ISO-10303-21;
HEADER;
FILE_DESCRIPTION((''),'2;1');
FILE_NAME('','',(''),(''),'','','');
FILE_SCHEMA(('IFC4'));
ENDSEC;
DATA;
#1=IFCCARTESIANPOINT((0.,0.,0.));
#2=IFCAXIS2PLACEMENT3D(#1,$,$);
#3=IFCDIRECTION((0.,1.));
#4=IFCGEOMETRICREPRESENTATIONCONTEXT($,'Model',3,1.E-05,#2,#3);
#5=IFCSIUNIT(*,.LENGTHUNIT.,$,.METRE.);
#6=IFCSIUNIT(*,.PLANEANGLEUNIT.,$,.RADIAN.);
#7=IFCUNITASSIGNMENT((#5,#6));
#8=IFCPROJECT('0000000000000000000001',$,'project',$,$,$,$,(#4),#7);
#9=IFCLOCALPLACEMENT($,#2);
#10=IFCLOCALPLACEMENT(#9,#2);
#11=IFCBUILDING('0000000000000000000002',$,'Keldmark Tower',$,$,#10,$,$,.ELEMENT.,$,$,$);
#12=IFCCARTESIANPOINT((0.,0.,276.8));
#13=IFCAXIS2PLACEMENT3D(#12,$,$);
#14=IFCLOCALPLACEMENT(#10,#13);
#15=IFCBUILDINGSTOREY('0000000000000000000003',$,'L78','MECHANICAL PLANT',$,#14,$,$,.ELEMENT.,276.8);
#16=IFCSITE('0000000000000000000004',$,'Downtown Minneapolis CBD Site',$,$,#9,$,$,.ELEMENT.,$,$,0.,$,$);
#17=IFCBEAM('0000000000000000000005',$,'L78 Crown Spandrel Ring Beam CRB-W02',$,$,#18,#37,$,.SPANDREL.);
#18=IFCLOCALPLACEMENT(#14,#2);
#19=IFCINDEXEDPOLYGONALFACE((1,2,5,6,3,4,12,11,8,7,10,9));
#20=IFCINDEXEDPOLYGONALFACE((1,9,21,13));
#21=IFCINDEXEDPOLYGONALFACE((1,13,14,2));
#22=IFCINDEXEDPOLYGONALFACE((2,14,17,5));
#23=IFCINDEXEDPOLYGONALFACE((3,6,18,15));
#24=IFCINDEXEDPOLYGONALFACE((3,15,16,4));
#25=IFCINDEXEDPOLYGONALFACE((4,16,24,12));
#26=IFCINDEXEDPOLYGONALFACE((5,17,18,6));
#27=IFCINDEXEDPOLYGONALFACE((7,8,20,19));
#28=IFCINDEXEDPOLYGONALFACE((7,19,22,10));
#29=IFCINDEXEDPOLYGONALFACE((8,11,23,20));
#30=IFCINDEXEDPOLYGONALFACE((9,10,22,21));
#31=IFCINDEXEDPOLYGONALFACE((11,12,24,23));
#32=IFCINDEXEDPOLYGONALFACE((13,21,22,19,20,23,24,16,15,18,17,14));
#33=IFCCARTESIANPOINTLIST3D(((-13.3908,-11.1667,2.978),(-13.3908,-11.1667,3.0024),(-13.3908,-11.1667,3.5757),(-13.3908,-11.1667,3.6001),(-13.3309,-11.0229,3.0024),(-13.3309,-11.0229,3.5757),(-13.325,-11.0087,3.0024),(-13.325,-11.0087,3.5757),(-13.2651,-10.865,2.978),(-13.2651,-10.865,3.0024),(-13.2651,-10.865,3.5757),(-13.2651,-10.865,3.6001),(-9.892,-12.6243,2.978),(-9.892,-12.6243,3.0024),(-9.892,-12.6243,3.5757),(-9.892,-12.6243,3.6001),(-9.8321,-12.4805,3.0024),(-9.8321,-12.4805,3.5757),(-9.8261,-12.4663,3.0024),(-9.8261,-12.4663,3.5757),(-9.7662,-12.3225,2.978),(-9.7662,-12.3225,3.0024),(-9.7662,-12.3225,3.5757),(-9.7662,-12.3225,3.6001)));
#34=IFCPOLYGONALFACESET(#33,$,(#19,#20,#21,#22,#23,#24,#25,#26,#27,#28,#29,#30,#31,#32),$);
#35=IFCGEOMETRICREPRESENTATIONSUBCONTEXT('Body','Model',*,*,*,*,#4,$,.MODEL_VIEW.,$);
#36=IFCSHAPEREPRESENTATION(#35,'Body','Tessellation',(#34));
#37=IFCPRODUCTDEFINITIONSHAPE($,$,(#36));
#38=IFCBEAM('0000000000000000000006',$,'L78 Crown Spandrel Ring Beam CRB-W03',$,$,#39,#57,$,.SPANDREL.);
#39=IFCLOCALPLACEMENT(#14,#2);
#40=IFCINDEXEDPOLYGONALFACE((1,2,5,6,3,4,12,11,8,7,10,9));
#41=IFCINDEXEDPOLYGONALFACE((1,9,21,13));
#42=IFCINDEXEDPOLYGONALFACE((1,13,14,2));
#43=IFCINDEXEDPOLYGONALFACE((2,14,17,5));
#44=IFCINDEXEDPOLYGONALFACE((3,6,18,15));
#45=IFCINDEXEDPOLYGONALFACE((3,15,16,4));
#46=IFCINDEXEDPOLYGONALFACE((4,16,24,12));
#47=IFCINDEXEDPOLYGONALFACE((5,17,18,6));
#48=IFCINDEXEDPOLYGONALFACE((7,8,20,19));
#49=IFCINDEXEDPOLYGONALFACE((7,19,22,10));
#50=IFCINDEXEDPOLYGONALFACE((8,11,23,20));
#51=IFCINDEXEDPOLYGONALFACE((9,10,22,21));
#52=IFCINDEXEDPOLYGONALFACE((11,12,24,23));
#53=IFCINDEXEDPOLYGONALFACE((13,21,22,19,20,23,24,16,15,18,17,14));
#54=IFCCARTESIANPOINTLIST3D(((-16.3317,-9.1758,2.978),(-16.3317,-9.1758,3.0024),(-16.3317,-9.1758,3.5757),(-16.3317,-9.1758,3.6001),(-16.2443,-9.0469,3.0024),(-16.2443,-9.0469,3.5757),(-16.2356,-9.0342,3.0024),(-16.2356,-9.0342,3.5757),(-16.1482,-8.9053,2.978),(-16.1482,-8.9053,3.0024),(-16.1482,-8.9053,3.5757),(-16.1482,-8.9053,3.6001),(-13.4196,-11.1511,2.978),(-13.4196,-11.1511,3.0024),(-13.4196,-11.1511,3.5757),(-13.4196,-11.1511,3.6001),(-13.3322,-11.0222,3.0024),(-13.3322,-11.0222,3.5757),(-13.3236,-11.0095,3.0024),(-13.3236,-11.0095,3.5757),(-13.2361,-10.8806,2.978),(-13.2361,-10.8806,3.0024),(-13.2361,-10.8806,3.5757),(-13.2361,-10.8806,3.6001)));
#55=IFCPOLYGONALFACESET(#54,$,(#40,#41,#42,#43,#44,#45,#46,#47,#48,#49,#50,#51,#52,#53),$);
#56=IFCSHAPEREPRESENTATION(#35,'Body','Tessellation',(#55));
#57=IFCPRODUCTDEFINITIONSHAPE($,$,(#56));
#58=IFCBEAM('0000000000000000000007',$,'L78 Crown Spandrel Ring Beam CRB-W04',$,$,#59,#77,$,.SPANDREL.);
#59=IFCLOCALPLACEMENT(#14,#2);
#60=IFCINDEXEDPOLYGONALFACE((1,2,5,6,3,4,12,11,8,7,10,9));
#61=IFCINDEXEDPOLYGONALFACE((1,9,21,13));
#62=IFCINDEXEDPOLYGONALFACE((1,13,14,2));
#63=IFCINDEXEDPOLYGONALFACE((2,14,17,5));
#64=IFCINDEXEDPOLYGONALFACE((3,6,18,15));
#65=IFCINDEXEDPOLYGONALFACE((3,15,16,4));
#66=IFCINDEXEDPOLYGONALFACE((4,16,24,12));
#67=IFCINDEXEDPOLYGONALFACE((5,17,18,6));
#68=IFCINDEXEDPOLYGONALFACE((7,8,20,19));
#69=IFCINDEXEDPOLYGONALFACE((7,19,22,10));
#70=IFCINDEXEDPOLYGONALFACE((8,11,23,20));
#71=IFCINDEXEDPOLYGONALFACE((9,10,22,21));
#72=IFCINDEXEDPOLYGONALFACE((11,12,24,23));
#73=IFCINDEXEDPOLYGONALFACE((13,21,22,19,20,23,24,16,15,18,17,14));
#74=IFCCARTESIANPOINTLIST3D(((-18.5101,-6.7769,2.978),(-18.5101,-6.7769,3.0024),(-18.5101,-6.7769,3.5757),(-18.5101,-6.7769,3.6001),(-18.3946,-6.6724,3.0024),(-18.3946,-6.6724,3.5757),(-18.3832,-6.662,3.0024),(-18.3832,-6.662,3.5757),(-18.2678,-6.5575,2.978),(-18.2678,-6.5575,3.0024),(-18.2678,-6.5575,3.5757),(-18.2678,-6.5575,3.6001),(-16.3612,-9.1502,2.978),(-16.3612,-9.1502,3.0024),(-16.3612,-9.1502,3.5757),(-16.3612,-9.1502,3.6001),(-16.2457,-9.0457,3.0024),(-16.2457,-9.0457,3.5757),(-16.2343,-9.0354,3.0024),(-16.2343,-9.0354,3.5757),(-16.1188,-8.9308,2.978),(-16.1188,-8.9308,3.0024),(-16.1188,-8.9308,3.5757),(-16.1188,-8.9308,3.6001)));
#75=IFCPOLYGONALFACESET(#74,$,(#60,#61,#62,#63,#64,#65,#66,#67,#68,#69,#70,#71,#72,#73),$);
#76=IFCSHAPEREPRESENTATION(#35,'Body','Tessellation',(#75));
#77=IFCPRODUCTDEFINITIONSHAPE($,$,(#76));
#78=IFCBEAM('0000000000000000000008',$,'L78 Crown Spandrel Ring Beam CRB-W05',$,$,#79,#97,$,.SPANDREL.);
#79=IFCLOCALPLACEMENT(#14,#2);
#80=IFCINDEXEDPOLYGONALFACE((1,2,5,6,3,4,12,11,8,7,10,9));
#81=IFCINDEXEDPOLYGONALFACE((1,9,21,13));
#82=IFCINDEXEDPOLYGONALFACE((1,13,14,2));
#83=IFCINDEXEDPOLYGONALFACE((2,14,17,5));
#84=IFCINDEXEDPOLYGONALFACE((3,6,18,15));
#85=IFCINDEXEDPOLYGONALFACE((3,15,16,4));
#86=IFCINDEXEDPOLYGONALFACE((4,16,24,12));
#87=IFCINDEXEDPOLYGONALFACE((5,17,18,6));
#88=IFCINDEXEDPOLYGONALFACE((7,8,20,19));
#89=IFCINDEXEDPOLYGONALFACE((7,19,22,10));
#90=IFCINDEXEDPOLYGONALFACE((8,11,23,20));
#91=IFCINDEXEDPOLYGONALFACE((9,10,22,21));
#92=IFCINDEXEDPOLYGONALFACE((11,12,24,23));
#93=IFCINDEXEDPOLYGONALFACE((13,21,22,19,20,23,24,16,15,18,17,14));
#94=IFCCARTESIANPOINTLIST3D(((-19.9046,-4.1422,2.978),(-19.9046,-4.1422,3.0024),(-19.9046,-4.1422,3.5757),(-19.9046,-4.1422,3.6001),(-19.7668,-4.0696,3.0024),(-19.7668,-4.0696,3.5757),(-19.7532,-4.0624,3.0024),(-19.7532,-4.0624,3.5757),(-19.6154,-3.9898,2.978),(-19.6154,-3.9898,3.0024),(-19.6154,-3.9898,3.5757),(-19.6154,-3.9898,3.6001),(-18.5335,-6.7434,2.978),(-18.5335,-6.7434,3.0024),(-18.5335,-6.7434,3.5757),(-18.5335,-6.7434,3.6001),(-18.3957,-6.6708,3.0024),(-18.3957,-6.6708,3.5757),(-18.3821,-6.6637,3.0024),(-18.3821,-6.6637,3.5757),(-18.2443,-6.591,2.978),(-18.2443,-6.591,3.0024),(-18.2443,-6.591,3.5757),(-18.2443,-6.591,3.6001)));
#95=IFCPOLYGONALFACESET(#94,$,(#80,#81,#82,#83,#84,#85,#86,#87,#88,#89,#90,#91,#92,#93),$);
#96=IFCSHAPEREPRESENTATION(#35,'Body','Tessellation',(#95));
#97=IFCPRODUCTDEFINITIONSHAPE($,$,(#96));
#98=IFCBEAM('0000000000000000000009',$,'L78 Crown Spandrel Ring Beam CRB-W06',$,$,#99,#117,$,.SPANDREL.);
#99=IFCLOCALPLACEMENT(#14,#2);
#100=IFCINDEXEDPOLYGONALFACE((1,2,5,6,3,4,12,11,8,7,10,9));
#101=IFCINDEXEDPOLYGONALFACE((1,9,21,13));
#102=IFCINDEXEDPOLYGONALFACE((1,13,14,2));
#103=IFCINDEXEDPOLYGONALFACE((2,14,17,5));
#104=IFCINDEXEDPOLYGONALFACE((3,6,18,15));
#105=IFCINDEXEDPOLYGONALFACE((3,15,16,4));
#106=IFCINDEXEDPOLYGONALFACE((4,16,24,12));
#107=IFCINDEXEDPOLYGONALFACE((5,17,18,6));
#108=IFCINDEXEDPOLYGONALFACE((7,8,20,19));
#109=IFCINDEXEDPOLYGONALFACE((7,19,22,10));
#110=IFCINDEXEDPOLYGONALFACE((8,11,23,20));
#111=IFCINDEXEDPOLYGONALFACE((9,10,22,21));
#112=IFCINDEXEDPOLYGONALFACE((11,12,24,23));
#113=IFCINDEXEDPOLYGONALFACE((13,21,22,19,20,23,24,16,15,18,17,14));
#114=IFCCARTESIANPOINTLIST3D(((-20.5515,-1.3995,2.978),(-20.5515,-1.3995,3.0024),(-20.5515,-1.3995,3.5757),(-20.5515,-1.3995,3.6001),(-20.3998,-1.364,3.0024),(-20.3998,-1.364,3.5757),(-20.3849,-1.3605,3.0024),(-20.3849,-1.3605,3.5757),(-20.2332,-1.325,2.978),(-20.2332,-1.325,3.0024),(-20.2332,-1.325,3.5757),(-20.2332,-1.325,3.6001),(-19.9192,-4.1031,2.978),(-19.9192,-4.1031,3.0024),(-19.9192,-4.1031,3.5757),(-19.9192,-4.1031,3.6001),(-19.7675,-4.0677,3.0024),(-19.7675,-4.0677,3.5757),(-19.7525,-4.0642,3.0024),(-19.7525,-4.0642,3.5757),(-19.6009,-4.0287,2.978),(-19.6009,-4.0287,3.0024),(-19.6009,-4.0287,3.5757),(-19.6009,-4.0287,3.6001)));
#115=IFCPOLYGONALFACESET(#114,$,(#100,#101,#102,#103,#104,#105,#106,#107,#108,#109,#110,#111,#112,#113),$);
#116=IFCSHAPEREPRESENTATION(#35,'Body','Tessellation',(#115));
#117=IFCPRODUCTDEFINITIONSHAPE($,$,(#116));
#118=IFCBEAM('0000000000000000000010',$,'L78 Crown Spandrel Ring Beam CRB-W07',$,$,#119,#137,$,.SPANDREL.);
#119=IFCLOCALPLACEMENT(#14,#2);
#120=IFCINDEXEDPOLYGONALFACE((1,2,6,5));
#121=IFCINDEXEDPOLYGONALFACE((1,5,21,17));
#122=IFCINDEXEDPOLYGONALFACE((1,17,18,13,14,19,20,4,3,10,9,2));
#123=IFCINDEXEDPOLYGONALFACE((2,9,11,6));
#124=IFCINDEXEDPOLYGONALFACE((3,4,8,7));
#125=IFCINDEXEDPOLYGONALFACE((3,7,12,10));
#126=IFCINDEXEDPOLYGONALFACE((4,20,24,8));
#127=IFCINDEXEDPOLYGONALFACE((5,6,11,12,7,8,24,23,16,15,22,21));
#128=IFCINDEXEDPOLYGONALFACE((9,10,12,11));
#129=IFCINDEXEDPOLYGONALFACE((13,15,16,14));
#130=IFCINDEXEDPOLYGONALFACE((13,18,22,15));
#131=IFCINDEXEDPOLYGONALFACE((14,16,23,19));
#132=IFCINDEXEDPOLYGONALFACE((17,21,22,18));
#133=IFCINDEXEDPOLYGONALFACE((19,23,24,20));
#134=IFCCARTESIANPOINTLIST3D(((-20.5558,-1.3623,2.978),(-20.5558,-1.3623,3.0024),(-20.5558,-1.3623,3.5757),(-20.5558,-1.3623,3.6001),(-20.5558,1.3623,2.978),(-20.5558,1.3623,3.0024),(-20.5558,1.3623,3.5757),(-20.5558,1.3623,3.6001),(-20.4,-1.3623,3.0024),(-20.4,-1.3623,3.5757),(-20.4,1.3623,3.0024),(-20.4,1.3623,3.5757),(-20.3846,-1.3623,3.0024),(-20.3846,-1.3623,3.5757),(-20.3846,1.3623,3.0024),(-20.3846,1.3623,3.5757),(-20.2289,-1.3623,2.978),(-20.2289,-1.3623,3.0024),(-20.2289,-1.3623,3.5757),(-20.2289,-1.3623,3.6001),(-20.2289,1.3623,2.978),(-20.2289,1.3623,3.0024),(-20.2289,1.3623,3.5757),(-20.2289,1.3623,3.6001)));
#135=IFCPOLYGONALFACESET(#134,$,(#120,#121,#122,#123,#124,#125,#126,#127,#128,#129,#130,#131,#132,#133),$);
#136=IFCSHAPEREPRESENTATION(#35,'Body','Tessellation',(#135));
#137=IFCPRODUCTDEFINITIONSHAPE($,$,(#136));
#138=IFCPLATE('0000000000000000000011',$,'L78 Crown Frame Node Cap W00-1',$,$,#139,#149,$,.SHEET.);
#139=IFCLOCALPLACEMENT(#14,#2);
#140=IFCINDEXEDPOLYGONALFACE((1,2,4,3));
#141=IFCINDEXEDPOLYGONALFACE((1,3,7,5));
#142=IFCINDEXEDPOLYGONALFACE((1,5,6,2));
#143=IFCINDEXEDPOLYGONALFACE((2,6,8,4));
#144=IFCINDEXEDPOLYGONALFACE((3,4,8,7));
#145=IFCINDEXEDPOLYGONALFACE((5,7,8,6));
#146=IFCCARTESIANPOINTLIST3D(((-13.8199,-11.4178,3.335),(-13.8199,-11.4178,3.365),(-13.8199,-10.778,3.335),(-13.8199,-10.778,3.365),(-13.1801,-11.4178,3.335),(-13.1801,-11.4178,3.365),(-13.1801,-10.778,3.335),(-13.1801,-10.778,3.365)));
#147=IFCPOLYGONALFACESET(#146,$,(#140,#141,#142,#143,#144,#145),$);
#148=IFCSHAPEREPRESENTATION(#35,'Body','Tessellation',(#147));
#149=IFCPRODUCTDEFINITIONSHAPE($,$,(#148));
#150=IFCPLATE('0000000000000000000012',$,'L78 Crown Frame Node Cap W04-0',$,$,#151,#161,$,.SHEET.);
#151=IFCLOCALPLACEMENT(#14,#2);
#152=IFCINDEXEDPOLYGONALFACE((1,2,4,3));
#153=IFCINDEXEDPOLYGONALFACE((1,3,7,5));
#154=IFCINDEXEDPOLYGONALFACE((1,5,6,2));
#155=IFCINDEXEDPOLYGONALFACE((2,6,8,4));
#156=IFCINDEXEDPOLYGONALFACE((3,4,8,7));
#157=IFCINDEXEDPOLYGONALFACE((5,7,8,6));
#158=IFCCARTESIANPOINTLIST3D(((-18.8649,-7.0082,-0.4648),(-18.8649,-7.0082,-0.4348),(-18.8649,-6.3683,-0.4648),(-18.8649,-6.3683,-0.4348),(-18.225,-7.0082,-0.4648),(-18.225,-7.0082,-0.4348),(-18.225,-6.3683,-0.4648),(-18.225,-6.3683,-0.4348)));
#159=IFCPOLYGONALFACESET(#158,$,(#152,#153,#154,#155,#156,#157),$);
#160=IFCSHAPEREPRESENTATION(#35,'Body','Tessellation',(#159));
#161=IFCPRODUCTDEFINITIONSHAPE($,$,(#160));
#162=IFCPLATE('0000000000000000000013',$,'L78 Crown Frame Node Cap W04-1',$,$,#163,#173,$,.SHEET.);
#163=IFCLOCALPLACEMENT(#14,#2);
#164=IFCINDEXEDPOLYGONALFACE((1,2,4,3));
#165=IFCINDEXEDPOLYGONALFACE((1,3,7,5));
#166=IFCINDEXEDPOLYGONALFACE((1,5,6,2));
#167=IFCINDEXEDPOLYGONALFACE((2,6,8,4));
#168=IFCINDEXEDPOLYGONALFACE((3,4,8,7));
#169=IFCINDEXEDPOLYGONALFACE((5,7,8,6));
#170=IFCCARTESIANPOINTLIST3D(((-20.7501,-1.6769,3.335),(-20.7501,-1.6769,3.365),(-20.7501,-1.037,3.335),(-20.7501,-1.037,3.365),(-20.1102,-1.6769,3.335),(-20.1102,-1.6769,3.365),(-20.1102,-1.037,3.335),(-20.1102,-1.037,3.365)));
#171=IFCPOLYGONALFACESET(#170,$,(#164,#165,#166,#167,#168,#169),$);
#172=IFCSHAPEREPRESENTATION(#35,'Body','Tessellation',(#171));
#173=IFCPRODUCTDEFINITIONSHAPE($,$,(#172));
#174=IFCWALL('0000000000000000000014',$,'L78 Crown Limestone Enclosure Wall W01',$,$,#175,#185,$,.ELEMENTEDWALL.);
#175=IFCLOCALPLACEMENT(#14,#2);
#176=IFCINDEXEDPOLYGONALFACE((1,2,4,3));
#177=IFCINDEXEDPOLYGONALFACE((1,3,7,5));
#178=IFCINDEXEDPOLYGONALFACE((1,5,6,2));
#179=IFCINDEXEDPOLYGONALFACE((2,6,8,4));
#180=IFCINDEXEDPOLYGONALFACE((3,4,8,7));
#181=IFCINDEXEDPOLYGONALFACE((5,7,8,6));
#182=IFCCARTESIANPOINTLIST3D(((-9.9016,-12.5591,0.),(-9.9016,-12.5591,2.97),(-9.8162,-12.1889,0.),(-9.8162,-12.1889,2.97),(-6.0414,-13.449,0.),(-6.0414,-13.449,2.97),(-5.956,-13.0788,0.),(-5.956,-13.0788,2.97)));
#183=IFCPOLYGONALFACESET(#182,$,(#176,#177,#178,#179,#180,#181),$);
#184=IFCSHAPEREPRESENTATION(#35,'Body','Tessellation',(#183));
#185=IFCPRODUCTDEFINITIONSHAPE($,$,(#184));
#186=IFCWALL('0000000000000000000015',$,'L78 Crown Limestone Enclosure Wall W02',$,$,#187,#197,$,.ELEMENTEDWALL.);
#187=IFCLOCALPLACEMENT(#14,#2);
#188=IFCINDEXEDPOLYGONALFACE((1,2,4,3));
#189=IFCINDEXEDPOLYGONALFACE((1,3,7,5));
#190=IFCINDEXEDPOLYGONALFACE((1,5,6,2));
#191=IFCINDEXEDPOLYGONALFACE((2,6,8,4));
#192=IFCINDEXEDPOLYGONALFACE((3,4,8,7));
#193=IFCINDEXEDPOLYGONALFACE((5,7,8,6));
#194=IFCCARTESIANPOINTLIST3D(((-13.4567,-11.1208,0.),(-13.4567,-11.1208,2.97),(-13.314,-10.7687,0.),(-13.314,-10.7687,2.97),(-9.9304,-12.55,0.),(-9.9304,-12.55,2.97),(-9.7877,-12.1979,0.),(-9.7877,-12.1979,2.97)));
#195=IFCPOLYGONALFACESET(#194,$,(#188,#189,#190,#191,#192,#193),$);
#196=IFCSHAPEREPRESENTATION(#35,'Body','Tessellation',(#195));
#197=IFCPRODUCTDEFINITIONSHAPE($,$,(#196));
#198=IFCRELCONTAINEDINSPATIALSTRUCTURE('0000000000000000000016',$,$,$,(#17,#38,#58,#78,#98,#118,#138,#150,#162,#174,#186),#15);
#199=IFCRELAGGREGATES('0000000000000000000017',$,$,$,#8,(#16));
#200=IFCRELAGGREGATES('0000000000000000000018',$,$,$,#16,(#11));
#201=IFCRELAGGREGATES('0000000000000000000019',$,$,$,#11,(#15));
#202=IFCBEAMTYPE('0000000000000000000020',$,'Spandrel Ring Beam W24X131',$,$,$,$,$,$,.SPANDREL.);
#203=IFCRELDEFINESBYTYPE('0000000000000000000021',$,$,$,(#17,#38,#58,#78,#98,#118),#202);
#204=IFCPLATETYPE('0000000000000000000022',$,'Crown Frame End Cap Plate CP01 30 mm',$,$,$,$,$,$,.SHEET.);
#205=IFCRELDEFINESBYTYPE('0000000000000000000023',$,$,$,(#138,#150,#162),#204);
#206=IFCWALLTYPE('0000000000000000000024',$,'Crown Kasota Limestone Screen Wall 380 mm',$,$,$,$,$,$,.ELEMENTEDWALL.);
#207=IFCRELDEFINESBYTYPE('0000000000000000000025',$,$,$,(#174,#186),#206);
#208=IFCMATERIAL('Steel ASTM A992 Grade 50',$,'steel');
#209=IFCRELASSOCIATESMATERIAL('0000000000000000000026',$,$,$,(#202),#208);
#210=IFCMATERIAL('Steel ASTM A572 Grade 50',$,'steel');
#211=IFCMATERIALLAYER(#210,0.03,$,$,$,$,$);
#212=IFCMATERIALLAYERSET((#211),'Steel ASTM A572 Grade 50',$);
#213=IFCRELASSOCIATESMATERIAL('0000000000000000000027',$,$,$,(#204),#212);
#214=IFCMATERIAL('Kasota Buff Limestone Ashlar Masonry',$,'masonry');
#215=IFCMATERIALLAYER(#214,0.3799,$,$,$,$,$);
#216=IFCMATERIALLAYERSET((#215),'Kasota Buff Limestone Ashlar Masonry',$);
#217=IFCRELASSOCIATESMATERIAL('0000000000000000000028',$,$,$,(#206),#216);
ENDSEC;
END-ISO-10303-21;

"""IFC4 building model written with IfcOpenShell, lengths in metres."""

from ifc_helpers import new_model, si_unit, direction, frame, frame_2d, origin, origin_2d, place, context, subcontext, project, spatial, rectangle, i_section, extrude, material, layer, layer_set, material_profile, profile_set, type_object, element, save


model = new_model("IFC4")

# Units and contexts
model_context = context("Model", 3, precision=1e-05, world=origin(), true_north=direction((0.0, 1.0)))
body_context = subcontext(model_context, "Body", "Model", "MODEL_VIEW")
ifc_project = project(units=[si_unit("LENGTHUNIT", "METRE"), si_unit("PLANEANGLEUNIT", "RADIAN")], contexts=[model_context])

# Site, building, storey
site_placement = place(None, origin())
site = spatial("IfcSite", under=ifc_project, at=site_placement, Name="Downtown Minneapolis CBD Site", CompositionType="ELEMENT", RefElevation=0.0)
building_placement = place(site_placement, origin())
building = spatial("IfcBuilding", under=site, at=building_placement, Name="Keldmark Tower", CompositionType="ELEMENT")
storey_placement = place(building_placement, frame((0.0, 0.0, 276.8)))
storey = spatial("IfcBuildingStorey", under=building, at=storey_placement, Name="L78", Description="MECHANICAL PLANT", CompositionType="ELEMENT", Elevation=276.8)

# Beams
ifc_material_1 = material(Name="Steel ASTM A992 Grade 50", Category="steel")
ifc_material_profile_1 = material_profile(ifc_material_1, i_section(OverallWidth=0.3269, OverallDepth=0.6221, WebThickness=0.0154, FlangeThickness=0.0244, at=origin_2d()), Name="W24X131")
ifc_profile_set_1 = profile_set([ifc_material_profile_1], Name="Steel ASTM A992 Grade 50")
beam_type_1 = type_object("IfcBeamType", Name="Spandrel Ring Beam W24X131", PredefinedType="SPANDREL", material=ifc_profile_set_1)
beam_1_placement = place(storey_placement, frame((-9.8291, -12.4734, 3.2891), z_axis=(-0.923106, 0.384547, 0.0), x_axis=(-0.384547, -0.923106, 0.0)))
element("IfcBeam", 1, at=beam_1_placement, inside=storey, type_object=beam_type_1, Name="L78 Crown Spandrel Ring Beam CRB-W02", PredefinedType="SPANDREL", context=body_context, shape_type="SweptSolid", body=[
    extrude(i_section(OverallWidth=0.3269, OverallDepth=0.6221, WebThickness=0.0154, FlangeThickness=0.0244, at=origin_2d()), origin(), (0.0, 0.0, 1.0), 3.7903),
])
beam_2_placement = place(storey_placement, frame((-13.3279, -11.0159, 3.2891), z_axis=(-0.827572, 0.561359, 0.0), x_axis=(-0.561359, -0.827572, 0.0)))
element("IfcBeam", 2, at=beam_2_placement, inside=storey, type_object=beam_type_1, Name="L78 Crown Spandrel Ring Beam CRB-W03", PredefinedType="SPANDREL", context=body_context, shape_type="SweptSolid", body=[
    extrude(i_section(OverallWidth=0.3269, OverallDepth=0.6221, WebThickness=0.0154, FlangeThickness=0.0244, at=origin_2d()), origin(), (0.0, 0.0, 1.0), 3.5188),
])
beam_3_placement = place(storey_placement, frame((-16.24, -9.0405, 3.2891), z_axis=(-0.671199, 0.741277, 0.0), x_axis=(-0.741277, -0.671199, 0.0)))
element("IfcBeam", 3, at=beam_3_placement, inside=storey, type_object=beam_type_1, Name="L78 Crown Spandrel Ring Beam CRB-W04", PredefinedType="SPANDREL", context=body_context, shape_type="SweptSolid", body=[
    extrude(i_section(OverallWidth=0.3269, OverallDepth=0.6221, WebThickness=0.0154, FlangeThickness=0.0244, at=origin_2d()), origin(), (0.0, 0.0, 1.0), 3.2017),
])
beam_4_placement = place(storey_placement, frame((-18.3889, -6.6672, 3.2891), z_axis=(-0.466273, 0.884641, 0.0), x_axis=(-0.884641, -0.466273, 0.0)))
element("IfcBeam", 4, at=beam_4_placement, inside=storey, type_object=beam_type_1, Name="L78 Crown Spandrel Ring Beam CRB-W05", PredefinedType="SPANDREL", context=body_context, shape_type="SweptSolid", body=[
    extrude(i_section(OverallWidth=0.3269, OverallDepth=0.6221, WebThickness=0.0154, FlangeThickness=0.0244, at=origin_2d()), origin(), (0.0, 0.0, 1.0), 2.9404),
])
beam_5_placement = place(storey_placement, frame((-19.76, -4.0659, 3.2891), z_axis=(-0.227735, 0.973723, 0.0), x_axis=(-0.973723, -0.227735, 0.0)))
element("IfcBeam", 5, at=beam_5_placement, inside=storey, type_object=beam_type_1, Name="L78 Crown Spandrel Ring Beam CRB-W06", PredefinedType="SPANDREL", context=body_context, shape_type="SweptSolid", body=[
    extrude(i_section(OverallWidth=0.3269, OverallDepth=0.6221, WebThickness=0.0154, FlangeThickness=0.0244, at=origin_2d()), origin(), (0.0, 0.0, 1.0), 2.7766),
])
beam_6_placement = place(storey_placement, frame((-20.3923, -1.3623, 3.2891), z_axis=(0.0, 1.0, 0.0), x_axis=(-1.0, 0.0, 0.0)))
element("IfcBeam", 6, at=beam_6_placement, inside=storey, type_object=beam_type_1, Name="L78 Crown Spandrel Ring Beam CRB-W07", PredefinedType="SPANDREL", context=body_context, shape_type="SweptSolid", body=[
    extrude(i_section(OverallWidth=0.3269, OverallDepth=0.6221, WebThickness=0.0154, FlangeThickness=0.0244, at=origin_2d()), origin(), (0.0, 0.0, 1.0), 2.7246),
])

# Plates
ifc_material_2 = material(Name="Steel ASTM A572 Grade 50", Category="steel")
ifc_layer_1 = layer(ifc_material_2, 0.03)
ifc_layer_set_1 = layer_set([ifc_layer_1], Name="Steel ASTM A572 Grade 50")
plate_type = type_object("IfcPlateType", Name="Crown Frame End Cap Plate CP01 30 mm", PredefinedType="SHEET", material=ifc_layer_set_1)
for number, where, z_axis, x_axis, name in (
    (7, (-13.5, -11.0979, 3.335), (0.0, 0.0, 1.0), (1.0, 0.0, 0.0), "L78 Crown Frame Node Cap W00-1"),
    (8, (-18.5449, -6.6882, -0.4648), (0.0, 0.0, 1.0), (1.0, 0.0, 0.0), "L78 Crown Frame Node Cap W04-0"),
    (9, (-20.4302, -1.3569, 3.335), (0.0, 0.0, 1.0), (1.0, 0.0, 0.0), "L78 Crown Frame Node Cap W04-1"),
):
    element("IfcPlate", number, at=place(storey_placement, frame(where, z_axis=z_axis, x_axis=x_axis)), inside=storey, type_object=plate_type, Name=name, PredefinedType="SHEET", context=body_context, shape_type="SweptSolid", body=[
        extrude(rectangle(XDim=0.6399, YDim=0.6399, at=origin_2d()), origin(), (0.0, 0.0, 1.0), 0.03),
    ])

# Walls
ifc_material_3 = material(Name="Kasota Buff Limestone Ashlar Masonry", Category="masonry")
ifc_layer_2 = layer(ifc_material_3, 0.3799)
ifc_layer_set_2 = layer_set([ifc_layer_2], Name="Kasota Buff Limestone Ashlar Masonry")
wall_type_1 = type_object("IfcWallType", Name="Crown Kasota Limestone Screen Wall 380 mm", PredefinedType="ELEMENTEDWALL", material=ifc_layer_set_2)
wall_1_placement = place(storey_placement, frame((-9.8589, -12.374, 0.0), z_axis=(0.0, 0.0, 1.0), x_axis=(0.974441, -0.224643, 0.0)))
element("IfcWall", 10, at=wall_1_placement, inside=storey, type_object=wall_type_1, Name="L78 Crown Limestone Enclosure Wall W01", PredefinedType="ELEMENTEDWALL", context=body_context, shape_type="SweptSolid", body=[
    extrude(rectangle(XDim=3.9614, YDim=0.3799, at=frame_2d((1.9807, 0.0))), origin(), (0.0, 0.0, 1.0), 2.97),
])
wall_2_placement = place(storey_placement, frame((-13.3853, -10.9448, 0.0), z_axis=(0.0, 0.0, 1.0), x_axis=(0.926777, -0.375613, 0.0)))
element("IfcWall", 11, at=wall_2_placement, inside=storey, type_object=wall_type_1, Name="L78 Crown Limestone Enclosure Wall W02", PredefinedType="ELEMENTEDWALL", context=body_context, shape_type="SweptSolid", body=[
    extrude(rectangle(XDim=3.8049, YDim=0.3799, at=frame_2d((1.9023, 0.0))), origin(), (0.0, 0.0, 1.0), 2.97),
])

save(model, "model.ifc")
